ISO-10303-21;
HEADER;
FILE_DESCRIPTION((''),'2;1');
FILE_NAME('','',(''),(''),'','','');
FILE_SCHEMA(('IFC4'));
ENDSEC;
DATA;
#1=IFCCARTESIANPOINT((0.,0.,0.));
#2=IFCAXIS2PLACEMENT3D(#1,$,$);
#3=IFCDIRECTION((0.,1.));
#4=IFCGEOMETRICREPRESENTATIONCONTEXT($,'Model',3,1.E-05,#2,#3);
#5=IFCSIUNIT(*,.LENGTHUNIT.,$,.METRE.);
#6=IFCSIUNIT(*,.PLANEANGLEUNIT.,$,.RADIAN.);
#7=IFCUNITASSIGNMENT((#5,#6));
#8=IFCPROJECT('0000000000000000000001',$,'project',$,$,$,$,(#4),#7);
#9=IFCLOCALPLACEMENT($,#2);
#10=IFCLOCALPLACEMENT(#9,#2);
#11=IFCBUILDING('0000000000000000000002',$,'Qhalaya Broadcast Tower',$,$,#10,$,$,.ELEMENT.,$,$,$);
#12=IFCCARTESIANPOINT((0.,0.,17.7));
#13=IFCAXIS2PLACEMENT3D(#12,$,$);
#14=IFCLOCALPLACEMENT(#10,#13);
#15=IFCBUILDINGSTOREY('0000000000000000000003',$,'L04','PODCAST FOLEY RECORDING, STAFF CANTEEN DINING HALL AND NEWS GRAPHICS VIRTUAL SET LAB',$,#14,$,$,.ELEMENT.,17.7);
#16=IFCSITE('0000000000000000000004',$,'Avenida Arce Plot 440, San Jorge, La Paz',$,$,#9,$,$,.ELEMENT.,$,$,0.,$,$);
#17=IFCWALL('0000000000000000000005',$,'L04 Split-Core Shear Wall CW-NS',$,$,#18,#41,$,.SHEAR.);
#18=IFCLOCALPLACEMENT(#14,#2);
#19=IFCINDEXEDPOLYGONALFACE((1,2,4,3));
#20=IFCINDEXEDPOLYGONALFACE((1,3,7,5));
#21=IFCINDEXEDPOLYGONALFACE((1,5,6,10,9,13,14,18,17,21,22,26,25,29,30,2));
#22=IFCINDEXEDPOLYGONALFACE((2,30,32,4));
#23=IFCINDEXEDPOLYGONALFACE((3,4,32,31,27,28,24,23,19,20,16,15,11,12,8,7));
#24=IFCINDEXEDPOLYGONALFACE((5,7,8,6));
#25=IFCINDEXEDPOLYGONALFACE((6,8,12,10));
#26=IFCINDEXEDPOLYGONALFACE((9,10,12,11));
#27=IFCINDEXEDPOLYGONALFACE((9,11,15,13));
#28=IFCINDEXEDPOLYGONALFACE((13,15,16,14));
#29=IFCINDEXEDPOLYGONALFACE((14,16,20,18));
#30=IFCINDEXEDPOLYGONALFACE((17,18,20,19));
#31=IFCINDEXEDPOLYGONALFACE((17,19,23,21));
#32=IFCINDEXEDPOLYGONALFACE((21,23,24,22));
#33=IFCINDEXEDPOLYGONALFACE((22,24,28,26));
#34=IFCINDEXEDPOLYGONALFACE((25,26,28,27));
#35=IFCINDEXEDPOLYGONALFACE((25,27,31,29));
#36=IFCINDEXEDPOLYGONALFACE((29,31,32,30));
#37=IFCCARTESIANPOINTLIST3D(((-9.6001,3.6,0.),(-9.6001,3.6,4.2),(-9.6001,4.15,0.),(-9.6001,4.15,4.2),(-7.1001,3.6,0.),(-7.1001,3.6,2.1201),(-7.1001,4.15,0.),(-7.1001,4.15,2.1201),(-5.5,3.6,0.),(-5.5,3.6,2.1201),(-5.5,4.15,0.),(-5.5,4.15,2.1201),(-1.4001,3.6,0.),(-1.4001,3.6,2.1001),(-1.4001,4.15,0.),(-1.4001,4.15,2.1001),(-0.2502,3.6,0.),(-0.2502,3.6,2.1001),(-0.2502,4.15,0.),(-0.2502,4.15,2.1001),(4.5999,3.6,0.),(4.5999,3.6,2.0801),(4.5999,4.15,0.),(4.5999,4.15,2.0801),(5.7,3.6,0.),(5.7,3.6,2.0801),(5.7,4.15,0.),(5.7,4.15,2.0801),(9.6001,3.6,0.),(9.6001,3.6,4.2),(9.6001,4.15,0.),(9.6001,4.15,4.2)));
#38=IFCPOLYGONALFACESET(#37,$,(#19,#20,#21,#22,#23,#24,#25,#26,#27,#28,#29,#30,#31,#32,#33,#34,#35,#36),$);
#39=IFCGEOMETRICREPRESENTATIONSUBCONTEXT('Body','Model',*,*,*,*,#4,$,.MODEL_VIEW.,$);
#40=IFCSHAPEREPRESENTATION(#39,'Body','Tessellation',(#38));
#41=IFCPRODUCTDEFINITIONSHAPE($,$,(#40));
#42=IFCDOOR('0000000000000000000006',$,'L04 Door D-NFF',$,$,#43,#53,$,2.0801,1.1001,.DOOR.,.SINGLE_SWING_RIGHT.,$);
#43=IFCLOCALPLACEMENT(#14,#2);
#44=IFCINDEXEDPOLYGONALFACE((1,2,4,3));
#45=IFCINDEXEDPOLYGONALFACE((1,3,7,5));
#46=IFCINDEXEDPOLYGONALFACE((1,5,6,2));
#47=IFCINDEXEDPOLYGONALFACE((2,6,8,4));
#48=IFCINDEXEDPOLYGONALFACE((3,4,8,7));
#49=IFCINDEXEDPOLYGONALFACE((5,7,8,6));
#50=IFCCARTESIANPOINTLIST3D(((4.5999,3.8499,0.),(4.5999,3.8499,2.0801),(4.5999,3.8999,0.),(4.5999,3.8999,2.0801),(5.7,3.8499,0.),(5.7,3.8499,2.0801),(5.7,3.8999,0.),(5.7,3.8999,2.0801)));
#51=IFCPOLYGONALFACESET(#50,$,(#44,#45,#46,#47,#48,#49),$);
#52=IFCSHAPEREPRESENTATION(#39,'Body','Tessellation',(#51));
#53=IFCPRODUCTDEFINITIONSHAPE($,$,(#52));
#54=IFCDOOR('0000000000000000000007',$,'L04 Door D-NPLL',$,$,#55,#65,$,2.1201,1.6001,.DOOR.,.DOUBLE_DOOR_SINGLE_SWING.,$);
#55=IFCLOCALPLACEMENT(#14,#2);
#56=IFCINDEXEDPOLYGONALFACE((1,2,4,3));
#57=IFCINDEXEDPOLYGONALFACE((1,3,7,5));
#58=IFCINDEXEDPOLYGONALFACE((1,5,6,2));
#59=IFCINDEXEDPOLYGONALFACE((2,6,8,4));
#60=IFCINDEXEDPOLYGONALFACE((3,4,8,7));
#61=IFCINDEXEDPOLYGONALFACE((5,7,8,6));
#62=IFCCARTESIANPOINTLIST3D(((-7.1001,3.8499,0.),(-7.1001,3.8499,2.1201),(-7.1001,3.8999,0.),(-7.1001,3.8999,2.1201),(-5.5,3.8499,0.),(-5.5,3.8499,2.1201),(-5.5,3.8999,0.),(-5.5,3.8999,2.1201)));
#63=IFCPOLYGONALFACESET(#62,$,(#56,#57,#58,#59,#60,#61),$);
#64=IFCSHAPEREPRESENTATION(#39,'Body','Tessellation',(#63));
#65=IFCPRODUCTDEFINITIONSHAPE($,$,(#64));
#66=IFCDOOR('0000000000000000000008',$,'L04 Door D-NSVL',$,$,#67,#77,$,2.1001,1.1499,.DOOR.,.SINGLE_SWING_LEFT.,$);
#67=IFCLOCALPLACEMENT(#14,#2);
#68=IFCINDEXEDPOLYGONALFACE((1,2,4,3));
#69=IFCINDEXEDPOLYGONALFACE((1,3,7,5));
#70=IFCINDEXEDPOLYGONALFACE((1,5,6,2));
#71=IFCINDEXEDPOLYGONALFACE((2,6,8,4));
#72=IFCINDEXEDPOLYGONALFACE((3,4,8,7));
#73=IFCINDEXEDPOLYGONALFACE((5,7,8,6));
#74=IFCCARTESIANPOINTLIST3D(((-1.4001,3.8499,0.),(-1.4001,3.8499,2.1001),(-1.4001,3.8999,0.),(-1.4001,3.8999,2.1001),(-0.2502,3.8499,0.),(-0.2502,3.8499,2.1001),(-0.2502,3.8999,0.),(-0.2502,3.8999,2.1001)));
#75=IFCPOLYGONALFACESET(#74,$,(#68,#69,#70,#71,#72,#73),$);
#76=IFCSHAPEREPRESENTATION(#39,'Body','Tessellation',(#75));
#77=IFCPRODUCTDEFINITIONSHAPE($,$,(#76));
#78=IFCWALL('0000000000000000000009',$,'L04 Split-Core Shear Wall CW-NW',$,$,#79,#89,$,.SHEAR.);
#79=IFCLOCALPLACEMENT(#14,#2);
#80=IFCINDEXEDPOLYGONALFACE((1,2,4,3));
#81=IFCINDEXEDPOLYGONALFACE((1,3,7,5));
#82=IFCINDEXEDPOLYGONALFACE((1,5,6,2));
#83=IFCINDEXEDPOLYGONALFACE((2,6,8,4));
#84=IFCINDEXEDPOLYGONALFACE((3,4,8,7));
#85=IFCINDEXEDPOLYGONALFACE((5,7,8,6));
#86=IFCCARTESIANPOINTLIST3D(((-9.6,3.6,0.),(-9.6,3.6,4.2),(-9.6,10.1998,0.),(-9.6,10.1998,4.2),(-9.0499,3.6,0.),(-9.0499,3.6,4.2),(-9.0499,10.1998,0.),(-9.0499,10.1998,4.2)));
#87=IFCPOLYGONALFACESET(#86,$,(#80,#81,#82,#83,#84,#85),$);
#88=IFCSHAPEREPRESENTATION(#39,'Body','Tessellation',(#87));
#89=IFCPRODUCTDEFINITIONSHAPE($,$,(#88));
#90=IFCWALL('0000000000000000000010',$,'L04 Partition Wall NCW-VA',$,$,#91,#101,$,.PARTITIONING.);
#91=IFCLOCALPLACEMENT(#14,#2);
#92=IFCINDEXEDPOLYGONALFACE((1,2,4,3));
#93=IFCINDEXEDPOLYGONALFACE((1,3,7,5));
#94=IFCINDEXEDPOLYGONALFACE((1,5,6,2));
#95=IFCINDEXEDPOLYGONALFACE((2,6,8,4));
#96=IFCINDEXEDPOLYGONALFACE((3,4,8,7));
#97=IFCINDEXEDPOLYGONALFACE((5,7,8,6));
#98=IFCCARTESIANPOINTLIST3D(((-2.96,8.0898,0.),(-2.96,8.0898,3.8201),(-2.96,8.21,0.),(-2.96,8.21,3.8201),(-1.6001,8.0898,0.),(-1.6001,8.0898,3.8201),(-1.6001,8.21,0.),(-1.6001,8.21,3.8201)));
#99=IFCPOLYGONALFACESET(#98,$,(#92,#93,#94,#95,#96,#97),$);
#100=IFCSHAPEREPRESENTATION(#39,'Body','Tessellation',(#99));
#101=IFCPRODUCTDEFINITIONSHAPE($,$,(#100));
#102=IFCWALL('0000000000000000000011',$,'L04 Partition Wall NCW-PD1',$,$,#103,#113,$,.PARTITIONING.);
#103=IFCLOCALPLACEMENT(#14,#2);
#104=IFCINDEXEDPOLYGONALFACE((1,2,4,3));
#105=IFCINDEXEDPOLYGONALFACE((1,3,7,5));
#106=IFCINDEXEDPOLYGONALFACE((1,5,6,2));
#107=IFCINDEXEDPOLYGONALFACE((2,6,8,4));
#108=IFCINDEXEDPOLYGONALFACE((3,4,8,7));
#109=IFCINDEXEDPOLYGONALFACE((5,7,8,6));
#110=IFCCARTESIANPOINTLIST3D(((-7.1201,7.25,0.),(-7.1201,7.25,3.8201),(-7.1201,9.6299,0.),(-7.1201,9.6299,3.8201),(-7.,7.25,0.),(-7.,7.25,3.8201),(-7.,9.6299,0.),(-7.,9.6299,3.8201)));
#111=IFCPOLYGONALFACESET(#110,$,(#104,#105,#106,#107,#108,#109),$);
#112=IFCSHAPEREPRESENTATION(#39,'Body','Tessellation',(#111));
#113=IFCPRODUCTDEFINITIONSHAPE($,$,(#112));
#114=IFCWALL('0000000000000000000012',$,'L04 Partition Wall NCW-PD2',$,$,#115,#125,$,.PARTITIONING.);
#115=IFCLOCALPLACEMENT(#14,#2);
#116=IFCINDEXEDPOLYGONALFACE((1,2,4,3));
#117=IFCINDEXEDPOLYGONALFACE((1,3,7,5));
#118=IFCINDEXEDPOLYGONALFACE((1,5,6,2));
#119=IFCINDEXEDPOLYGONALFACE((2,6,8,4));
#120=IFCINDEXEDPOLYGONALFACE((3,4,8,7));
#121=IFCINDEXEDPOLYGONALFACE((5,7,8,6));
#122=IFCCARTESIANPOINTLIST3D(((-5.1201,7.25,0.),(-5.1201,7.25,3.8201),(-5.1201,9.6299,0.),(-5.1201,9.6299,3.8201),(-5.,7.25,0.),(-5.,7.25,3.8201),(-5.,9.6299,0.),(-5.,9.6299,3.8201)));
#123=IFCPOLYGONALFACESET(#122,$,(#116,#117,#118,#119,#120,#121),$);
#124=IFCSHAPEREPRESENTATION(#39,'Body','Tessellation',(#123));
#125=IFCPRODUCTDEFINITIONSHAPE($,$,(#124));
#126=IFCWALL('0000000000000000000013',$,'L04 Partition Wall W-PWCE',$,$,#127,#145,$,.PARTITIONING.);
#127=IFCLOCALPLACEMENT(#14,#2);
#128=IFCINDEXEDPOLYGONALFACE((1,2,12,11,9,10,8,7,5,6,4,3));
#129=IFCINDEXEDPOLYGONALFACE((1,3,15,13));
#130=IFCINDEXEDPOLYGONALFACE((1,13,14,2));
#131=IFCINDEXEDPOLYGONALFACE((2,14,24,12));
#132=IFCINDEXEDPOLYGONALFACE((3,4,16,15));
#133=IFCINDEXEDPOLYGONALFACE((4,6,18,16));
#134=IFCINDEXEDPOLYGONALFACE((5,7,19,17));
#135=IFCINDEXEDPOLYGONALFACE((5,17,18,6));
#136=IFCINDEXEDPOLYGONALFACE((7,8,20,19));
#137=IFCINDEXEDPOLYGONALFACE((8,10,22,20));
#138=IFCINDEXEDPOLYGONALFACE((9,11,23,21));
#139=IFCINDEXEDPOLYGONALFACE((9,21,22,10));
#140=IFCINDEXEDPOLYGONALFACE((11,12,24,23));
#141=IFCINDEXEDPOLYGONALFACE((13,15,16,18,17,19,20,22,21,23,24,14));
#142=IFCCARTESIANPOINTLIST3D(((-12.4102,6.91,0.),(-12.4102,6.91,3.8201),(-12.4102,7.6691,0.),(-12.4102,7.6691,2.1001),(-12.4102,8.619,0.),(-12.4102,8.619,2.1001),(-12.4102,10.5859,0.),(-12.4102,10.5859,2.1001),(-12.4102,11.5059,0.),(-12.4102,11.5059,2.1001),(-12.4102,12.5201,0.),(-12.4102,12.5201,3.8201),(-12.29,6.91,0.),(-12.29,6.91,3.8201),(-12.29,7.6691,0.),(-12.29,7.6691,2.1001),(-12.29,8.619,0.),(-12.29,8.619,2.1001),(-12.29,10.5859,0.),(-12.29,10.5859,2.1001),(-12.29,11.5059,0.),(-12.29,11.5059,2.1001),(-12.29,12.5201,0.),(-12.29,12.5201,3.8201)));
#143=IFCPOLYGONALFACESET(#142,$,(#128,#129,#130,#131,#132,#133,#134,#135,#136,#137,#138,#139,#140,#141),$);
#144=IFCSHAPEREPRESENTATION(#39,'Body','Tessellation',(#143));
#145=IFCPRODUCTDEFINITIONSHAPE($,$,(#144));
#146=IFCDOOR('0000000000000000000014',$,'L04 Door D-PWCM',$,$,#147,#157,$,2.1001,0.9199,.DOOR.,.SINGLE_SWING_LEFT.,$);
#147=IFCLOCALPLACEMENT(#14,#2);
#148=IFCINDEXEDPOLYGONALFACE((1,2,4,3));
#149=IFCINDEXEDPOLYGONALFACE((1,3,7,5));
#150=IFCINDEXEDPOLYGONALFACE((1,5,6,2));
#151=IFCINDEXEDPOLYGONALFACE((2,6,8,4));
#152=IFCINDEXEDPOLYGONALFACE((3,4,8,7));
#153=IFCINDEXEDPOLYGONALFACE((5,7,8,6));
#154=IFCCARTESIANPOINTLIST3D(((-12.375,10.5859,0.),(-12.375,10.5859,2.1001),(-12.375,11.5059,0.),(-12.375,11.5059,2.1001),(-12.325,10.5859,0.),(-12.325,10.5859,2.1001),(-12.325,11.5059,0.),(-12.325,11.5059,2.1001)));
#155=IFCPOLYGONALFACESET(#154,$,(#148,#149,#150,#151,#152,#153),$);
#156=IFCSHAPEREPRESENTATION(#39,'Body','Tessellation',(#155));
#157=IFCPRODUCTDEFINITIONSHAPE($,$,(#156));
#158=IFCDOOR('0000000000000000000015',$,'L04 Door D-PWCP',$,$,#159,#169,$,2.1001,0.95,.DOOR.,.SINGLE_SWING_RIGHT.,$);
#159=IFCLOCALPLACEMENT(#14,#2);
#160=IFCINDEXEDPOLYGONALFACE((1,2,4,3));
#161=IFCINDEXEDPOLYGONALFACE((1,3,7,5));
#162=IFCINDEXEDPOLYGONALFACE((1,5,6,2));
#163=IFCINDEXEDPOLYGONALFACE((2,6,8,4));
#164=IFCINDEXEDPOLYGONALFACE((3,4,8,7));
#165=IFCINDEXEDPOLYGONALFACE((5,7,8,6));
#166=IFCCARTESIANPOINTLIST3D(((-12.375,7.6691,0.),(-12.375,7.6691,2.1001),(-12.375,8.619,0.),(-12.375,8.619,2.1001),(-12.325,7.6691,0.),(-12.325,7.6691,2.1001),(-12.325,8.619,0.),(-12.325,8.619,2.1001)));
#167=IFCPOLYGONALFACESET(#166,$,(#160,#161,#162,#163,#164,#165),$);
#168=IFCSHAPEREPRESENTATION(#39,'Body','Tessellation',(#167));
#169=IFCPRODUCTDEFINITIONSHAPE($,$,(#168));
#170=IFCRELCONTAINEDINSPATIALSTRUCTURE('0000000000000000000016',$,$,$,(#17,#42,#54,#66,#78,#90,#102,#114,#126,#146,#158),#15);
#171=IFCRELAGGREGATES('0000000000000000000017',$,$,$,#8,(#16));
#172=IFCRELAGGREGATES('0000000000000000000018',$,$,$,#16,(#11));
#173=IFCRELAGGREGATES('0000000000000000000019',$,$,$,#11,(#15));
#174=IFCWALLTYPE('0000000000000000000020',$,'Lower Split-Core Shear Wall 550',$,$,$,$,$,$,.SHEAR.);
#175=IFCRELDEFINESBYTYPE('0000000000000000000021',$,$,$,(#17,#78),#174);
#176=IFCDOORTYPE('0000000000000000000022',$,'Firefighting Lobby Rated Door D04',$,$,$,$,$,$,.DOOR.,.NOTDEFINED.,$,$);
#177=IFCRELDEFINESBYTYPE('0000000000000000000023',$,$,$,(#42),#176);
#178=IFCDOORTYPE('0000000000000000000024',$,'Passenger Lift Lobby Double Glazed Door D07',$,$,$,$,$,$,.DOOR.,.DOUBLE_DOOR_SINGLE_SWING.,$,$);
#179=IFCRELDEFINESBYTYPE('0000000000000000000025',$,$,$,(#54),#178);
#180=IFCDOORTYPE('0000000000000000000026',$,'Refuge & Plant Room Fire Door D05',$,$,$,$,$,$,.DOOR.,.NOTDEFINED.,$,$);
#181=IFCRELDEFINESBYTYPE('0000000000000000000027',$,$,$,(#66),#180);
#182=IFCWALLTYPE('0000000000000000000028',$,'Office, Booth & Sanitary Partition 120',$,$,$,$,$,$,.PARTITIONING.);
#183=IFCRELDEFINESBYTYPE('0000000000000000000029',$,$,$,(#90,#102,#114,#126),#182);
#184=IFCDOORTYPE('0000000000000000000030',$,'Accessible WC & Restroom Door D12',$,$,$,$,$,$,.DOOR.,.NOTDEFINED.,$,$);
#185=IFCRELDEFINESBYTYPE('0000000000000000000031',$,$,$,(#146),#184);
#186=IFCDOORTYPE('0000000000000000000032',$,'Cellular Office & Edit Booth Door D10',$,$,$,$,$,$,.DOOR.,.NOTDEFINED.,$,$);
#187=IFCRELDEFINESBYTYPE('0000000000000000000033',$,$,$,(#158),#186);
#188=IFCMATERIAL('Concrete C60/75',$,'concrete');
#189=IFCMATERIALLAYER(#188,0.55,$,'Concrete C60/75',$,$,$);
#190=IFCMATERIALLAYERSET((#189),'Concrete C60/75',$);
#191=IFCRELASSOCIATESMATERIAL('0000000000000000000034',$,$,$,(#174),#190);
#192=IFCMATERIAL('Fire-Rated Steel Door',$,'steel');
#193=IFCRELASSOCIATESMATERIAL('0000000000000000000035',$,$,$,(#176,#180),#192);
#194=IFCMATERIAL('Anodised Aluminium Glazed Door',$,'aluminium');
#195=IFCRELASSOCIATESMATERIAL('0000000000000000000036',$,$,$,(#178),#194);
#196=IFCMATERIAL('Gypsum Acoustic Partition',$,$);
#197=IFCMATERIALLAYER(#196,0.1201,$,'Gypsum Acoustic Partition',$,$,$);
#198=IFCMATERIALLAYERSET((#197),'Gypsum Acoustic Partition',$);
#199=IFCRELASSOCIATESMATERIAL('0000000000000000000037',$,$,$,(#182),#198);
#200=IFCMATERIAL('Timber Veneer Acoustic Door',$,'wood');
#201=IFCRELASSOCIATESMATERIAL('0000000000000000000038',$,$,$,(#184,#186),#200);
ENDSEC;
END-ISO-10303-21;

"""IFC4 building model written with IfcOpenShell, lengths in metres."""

from ifc_helpers import new_model, si_unit, direction, frame, frame_2d, origin, place, context, subcontext, project, spatial, rectangle, extrude, material, layer, layer_set, type_object, element, fill, save


model = new_model("IFC4")

# Units and contexts
model_context = context("Model", 3, precision=1e-05, world=origin(), true_north=direction((0.0, 1.0)))
body_context = subcontext(model_context, "Body", "Model", "MODEL_VIEW")
ifc_project = project(units=[si_unit("LENGTHUNIT", "METRE"), si_unit("PLANEANGLEUNIT", "RADIAN")], contexts=[model_context])

# Site, building, storey
site_placement = place(None, origin())
site = spatial("IfcSite", under=ifc_project, at=site_placement, Name="Avenida Arce Plot 440, San Jorge, La Paz", CompositionType="ELEMENT", RefElevation=0.0)
building_placement = place(site_placement, origin())
building = spatial("IfcBuilding", under=site, at=building_placement, Name="Qhalaya Broadcast Tower", CompositionType="ELEMENT")
storey_placement = place(building_placement, frame((0.0, 0.0, 17.7)))
storey = spatial("IfcBuildingStorey", under=building, at=storey_placement, Name="L04", Description="PODCAST FOLEY RECORDING, STAFF CANTEEN DINING HALL AND NEWS GRAPHICS VIRTUAL SET LAB", CompositionType="ELEMENT", Elevation=17.7)

# Shared definitions
ifc_material_1 = material(Name="Concrete C60/75", Category="concrete")

# Shared definitions
ifc_material_2 = material(Name="Fire-Rated Steel Door", Category="steel")

# Wall, openings, doors
ifc_layer_1 = layer(ifc_material_1, 0.55, Name="Concrete C60/75")
ifc_layer_set_1 = layer_set([ifc_layer_1], Name="Concrete C60/75")
wall_type_1 = type_object("IfcWallType", Name="Lower Split-Core Shear Wall 550", PredefinedType="SHEAR", material=ifc_layer_set_1)
wall_1_placement = place(storey_placement, frame((-9.6001, 3.875, 0.0), z_axis=(0.0, 0.0, 1.0), x_axis=(1.0, 0.0, 0.0)))
wall_1 = element("IfcWall", 1, at=wall_1_placement, inside=storey, type_object=wall_type_1, Name="L04 Split-Core Shear Wall CW-NS", PredefinedType="SHEAR", context=body_context, shape_type="SweptSolid", body=[
    extrude(rectangle(XDim=19.2002, YDim=0.55, at=frame_2d((9.6001, 0.0))), origin(), (0.0, 0.0, 1.0), 4.2),
])
opening_1_placement = place(wall_1_placement, frame((14.2, 0.0, 0.0)))
opening_1 = element("IfcOpeningElement", 2, at=opening_1_placement, cuts=wall_1, PredefinedType="OPENING", context=body_context, shape_type="SweptSolid", body=[
    extrude(rectangle(XDim=1.1001, YDim=2.0801, at=frame_2d((0.55, 1.04))), frame((0.0, 0.2871, 0.0), z_axis=(0.0, -1.0, 0.0), x_axis=(1.0, 0.0, 0.0)), (0.0, 0.0, 1.0), 0.574),
])
opening_2_placement = place(wall_1_placement, frame((8.2, 0.0, 0.0)))
opening_2 = element("IfcOpeningElement", 3, at=opening_2_placement, cuts=wall_1, PredefinedType="OPENING", context=body_context, shape_type="SweptSolid", body=[
    extrude(rectangle(XDim=1.1499, YDim=2.1001, at=frame_2d((0.575, 1.05))), frame((0.0, 0.2871, 0.0), z_axis=(0.0, -1.0, 0.0), x_axis=(1.0, 0.0, 0.0)), (0.0, 0.0, 1.0), 0.574),
])
opening_3_placement = place(wall_1_placement, frame((2.5, 0.0, 0.0)))
opening_3 = element("IfcOpeningElement", 4, at=opening_3_placement, cuts=wall_1, PredefinedType="OPENING", context=body_context, shape_type="SweptSolid", body=[
    extrude(rectangle(XDim=1.6001, YDim=2.1201, at=frame_2d((0.8, 1.0601))), frame((0.0, 0.2871, 0.0), z_axis=(0.0, -1.0, 0.0), x_axis=(1.0, 0.0, 0.0)), (0.0, 0.0, 1.0), 0.574),
])
door_type_1 = type_object("IfcDoorType", Name="Firefighting Lobby Rated Door D04", OperationType="NOTDEFINED", PredefinedType="DOOR", material=ifc_material_2)
door_1_placement = place(opening_1_placement, origin())
door_1 = element("IfcDoor", 5, at=door_1_placement, inside=storey, type_object=door_type_1, Name="L04 Door D-NFF", OperationType="SINGLE_SWING_RIGHT", OverallHeight=2.0801, OverallWidth=1.1001, PredefinedType="DOOR", context=body_context, shape_type="SweptSolid", body=[
    extrude(rectangle(XDim=1.1001, YDim=2.0801, at=frame_2d((0.55, 1.04))), frame((0.0, 0.0249, 0.0), z_axis=(0.0, -1.0, 0.0), x_axis=(1.0, 0.0, 0.0)), (0.0, 0.0, 1.0), 0.05),
])
fill(opening_1, door_1)
ifc_material_3 = material(Name="Anodised Aluminium Glazed Door", Category="aluminium")
door_type_2 = type_object("IfcDoorType", Name="Passenger Lift Lobby Double Glazed Door D07", OperationType="DOUBLE_DOOR_SINGLE_SWING", PredefinedType="DOOR", material=ifc_material_3)
door_2_placement = place(opening_3_placement, origin())
door_2 = element("IfcDoor", 6, at=door_2_placement, inside=storey, type_object=door_type_2, Name="L04 Door D-NPLL", OperationType="DOUBLE_DOOR_SINGLE_SWING", OverallHeight=2.1201, OverallWidth=1.6001, PredefinedType="DOOR", context=body_context, shape_type="SweptSolid", body=[
    extrude(rectangle(XDim=1.6001, YDim=2.1201, at=frame_2d((0.8, 1.0601))), frame((0.0, 0.0249, 0.0), z_axis=(0.0, -1.0, 0.0), x_axis=(1.0, 0.0, 0.0)), (0.0, 0.0, 1.0), 0.05),
])
fill(opening_3, door_2)
door_type_3 = type_object("IfcDoorType", Name="Refuge & Plant Room Fire Door D05", OperationType="NOTDEFINED", PredefinedType="DOOR", material=ifc_material_2)
door_3_placement = place(opening_2_placement, origin())
door_3 = element("IfcDoor", 7, at=door_3_placement, inside=storey, type_object=door_type_3, Name="L04 Door D-NSVL", OperationType="SINGLE_SWING_LEFT", OverallHeight=2.1001, OverallWidth=1.1499, PredefinedType="DOOR", context=body_context, shape_type="SweptSolid", body=[
    extrude(rectangle(XDim=1.1499, YDim=2.1001, at=frame_2d((0.575, 1.05))), frame((0.0, 0.0249, 0.0), z_axis=(0.0, -1.0, 0.0), x_axis=(1.0, 0.0, 0.0)), (0.0, 0.0, 1.0), 0.05),
])
fill(opening_2, door_3)

# Walls
wall_2_placement = place(storey_placement, frame((-9.325, 3.6001, 0.0), z_axis=(0.0, 0.0, 1.0), x_axis=(0.0, 1.0, 0.0)))
element("IfcWall", 8, at=wall_2_placement, inside=storey, type_object=wall_type_1, Name="L04 Split-Core Shear Wall CW-NW", PredefinedType="SHEAR", context=body_context, shape_type="SweptSolid", body=[
    extrude(rectangle(XDim=6.5999, YDim=0.55, at=frame_2d((3.2998, 0.0))), origin(), (0.0, 0.0, 1.0), 4.2),
])
ifc_material_4 = material(Name="Gypsum Acoustic Partition")
ifc_layer_2 = layer(ifc_material_4, 0.1201, Name="Gypsum Acoustic Partition")
ifc_layer_set_2 = layer_set([ifc_layer_2], Name="Gypsum Acoustic Partition")
wall_type_2 = type_object("IfcWallType", Name="Office, Booth & Sanitary Partition 120", PredefinedType="PARTITIONING", material=ifc_layer_set_2)
wall_3_placement = place(storey_placement, frame((-2.96, 8.1499, 0.0), z_axis=(0.0, 0.0, 1.0), x_axis=(1.0, 0.0, 0.0)))
element("IfcWall", 9, at=wall_3_placement, inside=storey, type_object=wall_type_2, Name="L04 Partition Wall NCW-VA", PredefinedType="PARTITIONING", context=body_context, shape_type="SweptSolid", body=[
    extrude(rectangle(XDim=1.3599, YDim=0.1201, at=frame_2d((0.6799, 0.0))), origin(), (0.0, 0.0, 1.0), 3.8201),
])
for number, where, z_axis, x_axis, name in (
    (10, (-7.0601, 7.25, 0.0), (0.0, 0.0, 1.0), (0.0, 1.0, 0.0), "L04 Partition Wall NCW-PD1"),
    (11, (-5.0601, 7.25, 0.0), (0.0, 0.0, 1.0), (0.0, 1.0, 0.0), "L04 Partition Wall NCW-PD2"),
):
    element("IfcWall", number, at=place(storey_placement, frame(where, z_axis=z_axis, x_axis=x_axis)), inside=storey, type_object=wall_type_2, Name=name, PredefinedType="PARTITIONING", context=body_context, shape_type="SweptSolid", body=[
        extrude(rectangle(XDim=2.3799, YDim=0.1201, at=frame_2d((1.1899, 0.0))), origin(), (0.0, 0.0, 1.0), 3.8201),
    ])

# Wall, openings, doors
wall_4_placement = place(storey_placement, frame((-12.3501, 6.9099, 0.0), z_axis=(0.0, 0.0, 1.0), x_axis=(0.0, 1.0, 0.0)))
wall_4 = element("IfcWall", 12, at=wall_4_placement, inside=storey, type_object=wall_type_2, Name="L04 Partition Wall W-PWCE", PredefinedType="PARTITIONING", context=body_context, shape_type="SweptSolid", body=[
    extrude(rectangle(XDim=5.6101, YDim=0.1201, at=frame_2d((2.8052, 0.0))), origin(), (0.0, 0.0, 1.0), 3.8201),
])
opening_4_placement = place(wall_4_placement, frame((0.759, 0.0, 0.0)))
opening_4 = element("IfcOpeningElement", 13, at=opening_4_placement, cuts=wall_4, PredefinedType="OPENING", context=body_context, shape_type="SweptSolid", body=[
    extrude(rectangle(XDim=0.95, YDim=2.1001, at=frame_2d((0.4751, 1.05))), frame((0.0, 0.072, 0.0), z_axis=(0.0, -1.0, 0.0), x_axis=(1.0, 0.0, 0.0)), (0.0, 0.0, 1.0), 0.144),
])
opening_5_placement = place(wall_4_placement, frame((3.676, 0.0, 0.0)))
opening_5 = element("IfcOpeningElement", 14, at=opening_5_placement, cuts=wall_4, PredefinedType="OPENING", context=body_context, shape_type="SweptSolid", body=[
    extrude(rectangle(XDim=0.9199, YDim=2.1001, at=frame_2d((0.46, 1.05))), frame((0.0, 0.072, 0.0), z_axis=(0.0, -1.0, 0.0), x_axis=(1.0, 0.0, 0.0)), (0.0, 0.0, 1.0), 0.144),
])
ifc_material_5 = material(Name="Timber Veneer Acoustic Door", Category="wood")
door_type_4 = type_object("IfcDoorType", Name="Accessible WC & Restroom Door D12", OperationType="NOTDEFINED", PredefinedType="DOOR", material=ifc_material_5)
door_4_placement = place(opening_5_placement, origin())
door_4 = element("IfcDoor", 15, at=door_4_placement, inside=storey, type_object=door_type_4, Name="L04 Door D-PWCM", OperationType="SINGLE_SWING_LEFT", OverallHeight=2.1001, OverallWidth=0.9199, PredefinedType="DOOR", context=body_context, shape_type="SweptSolid", body=[
    extrude(rectangle(XDim=0.9199, YDim=2.1001, at=frame_2d((0.46, 1.05))), frame((0.0, 0.0249, 0.0), z_axis=(0.0, -1.0, 0.0), x_axis=(1.0, 0.0, 0.0)), (0.0, 0.0, 1.0), 0.05),
])
fill(opening_5, door_4)
door_type_5 = type_object("IfcDoorType", Name="Cellular Office & Edit Booth Door D10", OperationType="NOTDEFINED", PredefinedType="DOOR", material=ifc_material_5)
door_5_placement = place(opening_4_placement, origin())
door_5 = element("IfcDoor", 16, at=door_5_placement, inside=storey, type_object=door_type_5, Name="L04 Door D-PWCP", OperationType="SINGLE_SWING_RIGHT", OverallHeight=2.1001, OverallWidth=0.95, PredefinedType="DOOR", context=body_context, shape_type="SweptSolid", body=[
    extrude(rectangle(XDim=0.95, YDim=2.1001, at=frame_2d((0.4751, 1.05))), frame((0.0, 0.0249, 0.0), z_axis=(0.0, -1.0, 0.0), x_axis=(1.0, 0.0, 0.0)), (0.0, 0.0, 1.0), 0.05),
])
fill(opening_4, door_5)

save(model, "model.ifc")
